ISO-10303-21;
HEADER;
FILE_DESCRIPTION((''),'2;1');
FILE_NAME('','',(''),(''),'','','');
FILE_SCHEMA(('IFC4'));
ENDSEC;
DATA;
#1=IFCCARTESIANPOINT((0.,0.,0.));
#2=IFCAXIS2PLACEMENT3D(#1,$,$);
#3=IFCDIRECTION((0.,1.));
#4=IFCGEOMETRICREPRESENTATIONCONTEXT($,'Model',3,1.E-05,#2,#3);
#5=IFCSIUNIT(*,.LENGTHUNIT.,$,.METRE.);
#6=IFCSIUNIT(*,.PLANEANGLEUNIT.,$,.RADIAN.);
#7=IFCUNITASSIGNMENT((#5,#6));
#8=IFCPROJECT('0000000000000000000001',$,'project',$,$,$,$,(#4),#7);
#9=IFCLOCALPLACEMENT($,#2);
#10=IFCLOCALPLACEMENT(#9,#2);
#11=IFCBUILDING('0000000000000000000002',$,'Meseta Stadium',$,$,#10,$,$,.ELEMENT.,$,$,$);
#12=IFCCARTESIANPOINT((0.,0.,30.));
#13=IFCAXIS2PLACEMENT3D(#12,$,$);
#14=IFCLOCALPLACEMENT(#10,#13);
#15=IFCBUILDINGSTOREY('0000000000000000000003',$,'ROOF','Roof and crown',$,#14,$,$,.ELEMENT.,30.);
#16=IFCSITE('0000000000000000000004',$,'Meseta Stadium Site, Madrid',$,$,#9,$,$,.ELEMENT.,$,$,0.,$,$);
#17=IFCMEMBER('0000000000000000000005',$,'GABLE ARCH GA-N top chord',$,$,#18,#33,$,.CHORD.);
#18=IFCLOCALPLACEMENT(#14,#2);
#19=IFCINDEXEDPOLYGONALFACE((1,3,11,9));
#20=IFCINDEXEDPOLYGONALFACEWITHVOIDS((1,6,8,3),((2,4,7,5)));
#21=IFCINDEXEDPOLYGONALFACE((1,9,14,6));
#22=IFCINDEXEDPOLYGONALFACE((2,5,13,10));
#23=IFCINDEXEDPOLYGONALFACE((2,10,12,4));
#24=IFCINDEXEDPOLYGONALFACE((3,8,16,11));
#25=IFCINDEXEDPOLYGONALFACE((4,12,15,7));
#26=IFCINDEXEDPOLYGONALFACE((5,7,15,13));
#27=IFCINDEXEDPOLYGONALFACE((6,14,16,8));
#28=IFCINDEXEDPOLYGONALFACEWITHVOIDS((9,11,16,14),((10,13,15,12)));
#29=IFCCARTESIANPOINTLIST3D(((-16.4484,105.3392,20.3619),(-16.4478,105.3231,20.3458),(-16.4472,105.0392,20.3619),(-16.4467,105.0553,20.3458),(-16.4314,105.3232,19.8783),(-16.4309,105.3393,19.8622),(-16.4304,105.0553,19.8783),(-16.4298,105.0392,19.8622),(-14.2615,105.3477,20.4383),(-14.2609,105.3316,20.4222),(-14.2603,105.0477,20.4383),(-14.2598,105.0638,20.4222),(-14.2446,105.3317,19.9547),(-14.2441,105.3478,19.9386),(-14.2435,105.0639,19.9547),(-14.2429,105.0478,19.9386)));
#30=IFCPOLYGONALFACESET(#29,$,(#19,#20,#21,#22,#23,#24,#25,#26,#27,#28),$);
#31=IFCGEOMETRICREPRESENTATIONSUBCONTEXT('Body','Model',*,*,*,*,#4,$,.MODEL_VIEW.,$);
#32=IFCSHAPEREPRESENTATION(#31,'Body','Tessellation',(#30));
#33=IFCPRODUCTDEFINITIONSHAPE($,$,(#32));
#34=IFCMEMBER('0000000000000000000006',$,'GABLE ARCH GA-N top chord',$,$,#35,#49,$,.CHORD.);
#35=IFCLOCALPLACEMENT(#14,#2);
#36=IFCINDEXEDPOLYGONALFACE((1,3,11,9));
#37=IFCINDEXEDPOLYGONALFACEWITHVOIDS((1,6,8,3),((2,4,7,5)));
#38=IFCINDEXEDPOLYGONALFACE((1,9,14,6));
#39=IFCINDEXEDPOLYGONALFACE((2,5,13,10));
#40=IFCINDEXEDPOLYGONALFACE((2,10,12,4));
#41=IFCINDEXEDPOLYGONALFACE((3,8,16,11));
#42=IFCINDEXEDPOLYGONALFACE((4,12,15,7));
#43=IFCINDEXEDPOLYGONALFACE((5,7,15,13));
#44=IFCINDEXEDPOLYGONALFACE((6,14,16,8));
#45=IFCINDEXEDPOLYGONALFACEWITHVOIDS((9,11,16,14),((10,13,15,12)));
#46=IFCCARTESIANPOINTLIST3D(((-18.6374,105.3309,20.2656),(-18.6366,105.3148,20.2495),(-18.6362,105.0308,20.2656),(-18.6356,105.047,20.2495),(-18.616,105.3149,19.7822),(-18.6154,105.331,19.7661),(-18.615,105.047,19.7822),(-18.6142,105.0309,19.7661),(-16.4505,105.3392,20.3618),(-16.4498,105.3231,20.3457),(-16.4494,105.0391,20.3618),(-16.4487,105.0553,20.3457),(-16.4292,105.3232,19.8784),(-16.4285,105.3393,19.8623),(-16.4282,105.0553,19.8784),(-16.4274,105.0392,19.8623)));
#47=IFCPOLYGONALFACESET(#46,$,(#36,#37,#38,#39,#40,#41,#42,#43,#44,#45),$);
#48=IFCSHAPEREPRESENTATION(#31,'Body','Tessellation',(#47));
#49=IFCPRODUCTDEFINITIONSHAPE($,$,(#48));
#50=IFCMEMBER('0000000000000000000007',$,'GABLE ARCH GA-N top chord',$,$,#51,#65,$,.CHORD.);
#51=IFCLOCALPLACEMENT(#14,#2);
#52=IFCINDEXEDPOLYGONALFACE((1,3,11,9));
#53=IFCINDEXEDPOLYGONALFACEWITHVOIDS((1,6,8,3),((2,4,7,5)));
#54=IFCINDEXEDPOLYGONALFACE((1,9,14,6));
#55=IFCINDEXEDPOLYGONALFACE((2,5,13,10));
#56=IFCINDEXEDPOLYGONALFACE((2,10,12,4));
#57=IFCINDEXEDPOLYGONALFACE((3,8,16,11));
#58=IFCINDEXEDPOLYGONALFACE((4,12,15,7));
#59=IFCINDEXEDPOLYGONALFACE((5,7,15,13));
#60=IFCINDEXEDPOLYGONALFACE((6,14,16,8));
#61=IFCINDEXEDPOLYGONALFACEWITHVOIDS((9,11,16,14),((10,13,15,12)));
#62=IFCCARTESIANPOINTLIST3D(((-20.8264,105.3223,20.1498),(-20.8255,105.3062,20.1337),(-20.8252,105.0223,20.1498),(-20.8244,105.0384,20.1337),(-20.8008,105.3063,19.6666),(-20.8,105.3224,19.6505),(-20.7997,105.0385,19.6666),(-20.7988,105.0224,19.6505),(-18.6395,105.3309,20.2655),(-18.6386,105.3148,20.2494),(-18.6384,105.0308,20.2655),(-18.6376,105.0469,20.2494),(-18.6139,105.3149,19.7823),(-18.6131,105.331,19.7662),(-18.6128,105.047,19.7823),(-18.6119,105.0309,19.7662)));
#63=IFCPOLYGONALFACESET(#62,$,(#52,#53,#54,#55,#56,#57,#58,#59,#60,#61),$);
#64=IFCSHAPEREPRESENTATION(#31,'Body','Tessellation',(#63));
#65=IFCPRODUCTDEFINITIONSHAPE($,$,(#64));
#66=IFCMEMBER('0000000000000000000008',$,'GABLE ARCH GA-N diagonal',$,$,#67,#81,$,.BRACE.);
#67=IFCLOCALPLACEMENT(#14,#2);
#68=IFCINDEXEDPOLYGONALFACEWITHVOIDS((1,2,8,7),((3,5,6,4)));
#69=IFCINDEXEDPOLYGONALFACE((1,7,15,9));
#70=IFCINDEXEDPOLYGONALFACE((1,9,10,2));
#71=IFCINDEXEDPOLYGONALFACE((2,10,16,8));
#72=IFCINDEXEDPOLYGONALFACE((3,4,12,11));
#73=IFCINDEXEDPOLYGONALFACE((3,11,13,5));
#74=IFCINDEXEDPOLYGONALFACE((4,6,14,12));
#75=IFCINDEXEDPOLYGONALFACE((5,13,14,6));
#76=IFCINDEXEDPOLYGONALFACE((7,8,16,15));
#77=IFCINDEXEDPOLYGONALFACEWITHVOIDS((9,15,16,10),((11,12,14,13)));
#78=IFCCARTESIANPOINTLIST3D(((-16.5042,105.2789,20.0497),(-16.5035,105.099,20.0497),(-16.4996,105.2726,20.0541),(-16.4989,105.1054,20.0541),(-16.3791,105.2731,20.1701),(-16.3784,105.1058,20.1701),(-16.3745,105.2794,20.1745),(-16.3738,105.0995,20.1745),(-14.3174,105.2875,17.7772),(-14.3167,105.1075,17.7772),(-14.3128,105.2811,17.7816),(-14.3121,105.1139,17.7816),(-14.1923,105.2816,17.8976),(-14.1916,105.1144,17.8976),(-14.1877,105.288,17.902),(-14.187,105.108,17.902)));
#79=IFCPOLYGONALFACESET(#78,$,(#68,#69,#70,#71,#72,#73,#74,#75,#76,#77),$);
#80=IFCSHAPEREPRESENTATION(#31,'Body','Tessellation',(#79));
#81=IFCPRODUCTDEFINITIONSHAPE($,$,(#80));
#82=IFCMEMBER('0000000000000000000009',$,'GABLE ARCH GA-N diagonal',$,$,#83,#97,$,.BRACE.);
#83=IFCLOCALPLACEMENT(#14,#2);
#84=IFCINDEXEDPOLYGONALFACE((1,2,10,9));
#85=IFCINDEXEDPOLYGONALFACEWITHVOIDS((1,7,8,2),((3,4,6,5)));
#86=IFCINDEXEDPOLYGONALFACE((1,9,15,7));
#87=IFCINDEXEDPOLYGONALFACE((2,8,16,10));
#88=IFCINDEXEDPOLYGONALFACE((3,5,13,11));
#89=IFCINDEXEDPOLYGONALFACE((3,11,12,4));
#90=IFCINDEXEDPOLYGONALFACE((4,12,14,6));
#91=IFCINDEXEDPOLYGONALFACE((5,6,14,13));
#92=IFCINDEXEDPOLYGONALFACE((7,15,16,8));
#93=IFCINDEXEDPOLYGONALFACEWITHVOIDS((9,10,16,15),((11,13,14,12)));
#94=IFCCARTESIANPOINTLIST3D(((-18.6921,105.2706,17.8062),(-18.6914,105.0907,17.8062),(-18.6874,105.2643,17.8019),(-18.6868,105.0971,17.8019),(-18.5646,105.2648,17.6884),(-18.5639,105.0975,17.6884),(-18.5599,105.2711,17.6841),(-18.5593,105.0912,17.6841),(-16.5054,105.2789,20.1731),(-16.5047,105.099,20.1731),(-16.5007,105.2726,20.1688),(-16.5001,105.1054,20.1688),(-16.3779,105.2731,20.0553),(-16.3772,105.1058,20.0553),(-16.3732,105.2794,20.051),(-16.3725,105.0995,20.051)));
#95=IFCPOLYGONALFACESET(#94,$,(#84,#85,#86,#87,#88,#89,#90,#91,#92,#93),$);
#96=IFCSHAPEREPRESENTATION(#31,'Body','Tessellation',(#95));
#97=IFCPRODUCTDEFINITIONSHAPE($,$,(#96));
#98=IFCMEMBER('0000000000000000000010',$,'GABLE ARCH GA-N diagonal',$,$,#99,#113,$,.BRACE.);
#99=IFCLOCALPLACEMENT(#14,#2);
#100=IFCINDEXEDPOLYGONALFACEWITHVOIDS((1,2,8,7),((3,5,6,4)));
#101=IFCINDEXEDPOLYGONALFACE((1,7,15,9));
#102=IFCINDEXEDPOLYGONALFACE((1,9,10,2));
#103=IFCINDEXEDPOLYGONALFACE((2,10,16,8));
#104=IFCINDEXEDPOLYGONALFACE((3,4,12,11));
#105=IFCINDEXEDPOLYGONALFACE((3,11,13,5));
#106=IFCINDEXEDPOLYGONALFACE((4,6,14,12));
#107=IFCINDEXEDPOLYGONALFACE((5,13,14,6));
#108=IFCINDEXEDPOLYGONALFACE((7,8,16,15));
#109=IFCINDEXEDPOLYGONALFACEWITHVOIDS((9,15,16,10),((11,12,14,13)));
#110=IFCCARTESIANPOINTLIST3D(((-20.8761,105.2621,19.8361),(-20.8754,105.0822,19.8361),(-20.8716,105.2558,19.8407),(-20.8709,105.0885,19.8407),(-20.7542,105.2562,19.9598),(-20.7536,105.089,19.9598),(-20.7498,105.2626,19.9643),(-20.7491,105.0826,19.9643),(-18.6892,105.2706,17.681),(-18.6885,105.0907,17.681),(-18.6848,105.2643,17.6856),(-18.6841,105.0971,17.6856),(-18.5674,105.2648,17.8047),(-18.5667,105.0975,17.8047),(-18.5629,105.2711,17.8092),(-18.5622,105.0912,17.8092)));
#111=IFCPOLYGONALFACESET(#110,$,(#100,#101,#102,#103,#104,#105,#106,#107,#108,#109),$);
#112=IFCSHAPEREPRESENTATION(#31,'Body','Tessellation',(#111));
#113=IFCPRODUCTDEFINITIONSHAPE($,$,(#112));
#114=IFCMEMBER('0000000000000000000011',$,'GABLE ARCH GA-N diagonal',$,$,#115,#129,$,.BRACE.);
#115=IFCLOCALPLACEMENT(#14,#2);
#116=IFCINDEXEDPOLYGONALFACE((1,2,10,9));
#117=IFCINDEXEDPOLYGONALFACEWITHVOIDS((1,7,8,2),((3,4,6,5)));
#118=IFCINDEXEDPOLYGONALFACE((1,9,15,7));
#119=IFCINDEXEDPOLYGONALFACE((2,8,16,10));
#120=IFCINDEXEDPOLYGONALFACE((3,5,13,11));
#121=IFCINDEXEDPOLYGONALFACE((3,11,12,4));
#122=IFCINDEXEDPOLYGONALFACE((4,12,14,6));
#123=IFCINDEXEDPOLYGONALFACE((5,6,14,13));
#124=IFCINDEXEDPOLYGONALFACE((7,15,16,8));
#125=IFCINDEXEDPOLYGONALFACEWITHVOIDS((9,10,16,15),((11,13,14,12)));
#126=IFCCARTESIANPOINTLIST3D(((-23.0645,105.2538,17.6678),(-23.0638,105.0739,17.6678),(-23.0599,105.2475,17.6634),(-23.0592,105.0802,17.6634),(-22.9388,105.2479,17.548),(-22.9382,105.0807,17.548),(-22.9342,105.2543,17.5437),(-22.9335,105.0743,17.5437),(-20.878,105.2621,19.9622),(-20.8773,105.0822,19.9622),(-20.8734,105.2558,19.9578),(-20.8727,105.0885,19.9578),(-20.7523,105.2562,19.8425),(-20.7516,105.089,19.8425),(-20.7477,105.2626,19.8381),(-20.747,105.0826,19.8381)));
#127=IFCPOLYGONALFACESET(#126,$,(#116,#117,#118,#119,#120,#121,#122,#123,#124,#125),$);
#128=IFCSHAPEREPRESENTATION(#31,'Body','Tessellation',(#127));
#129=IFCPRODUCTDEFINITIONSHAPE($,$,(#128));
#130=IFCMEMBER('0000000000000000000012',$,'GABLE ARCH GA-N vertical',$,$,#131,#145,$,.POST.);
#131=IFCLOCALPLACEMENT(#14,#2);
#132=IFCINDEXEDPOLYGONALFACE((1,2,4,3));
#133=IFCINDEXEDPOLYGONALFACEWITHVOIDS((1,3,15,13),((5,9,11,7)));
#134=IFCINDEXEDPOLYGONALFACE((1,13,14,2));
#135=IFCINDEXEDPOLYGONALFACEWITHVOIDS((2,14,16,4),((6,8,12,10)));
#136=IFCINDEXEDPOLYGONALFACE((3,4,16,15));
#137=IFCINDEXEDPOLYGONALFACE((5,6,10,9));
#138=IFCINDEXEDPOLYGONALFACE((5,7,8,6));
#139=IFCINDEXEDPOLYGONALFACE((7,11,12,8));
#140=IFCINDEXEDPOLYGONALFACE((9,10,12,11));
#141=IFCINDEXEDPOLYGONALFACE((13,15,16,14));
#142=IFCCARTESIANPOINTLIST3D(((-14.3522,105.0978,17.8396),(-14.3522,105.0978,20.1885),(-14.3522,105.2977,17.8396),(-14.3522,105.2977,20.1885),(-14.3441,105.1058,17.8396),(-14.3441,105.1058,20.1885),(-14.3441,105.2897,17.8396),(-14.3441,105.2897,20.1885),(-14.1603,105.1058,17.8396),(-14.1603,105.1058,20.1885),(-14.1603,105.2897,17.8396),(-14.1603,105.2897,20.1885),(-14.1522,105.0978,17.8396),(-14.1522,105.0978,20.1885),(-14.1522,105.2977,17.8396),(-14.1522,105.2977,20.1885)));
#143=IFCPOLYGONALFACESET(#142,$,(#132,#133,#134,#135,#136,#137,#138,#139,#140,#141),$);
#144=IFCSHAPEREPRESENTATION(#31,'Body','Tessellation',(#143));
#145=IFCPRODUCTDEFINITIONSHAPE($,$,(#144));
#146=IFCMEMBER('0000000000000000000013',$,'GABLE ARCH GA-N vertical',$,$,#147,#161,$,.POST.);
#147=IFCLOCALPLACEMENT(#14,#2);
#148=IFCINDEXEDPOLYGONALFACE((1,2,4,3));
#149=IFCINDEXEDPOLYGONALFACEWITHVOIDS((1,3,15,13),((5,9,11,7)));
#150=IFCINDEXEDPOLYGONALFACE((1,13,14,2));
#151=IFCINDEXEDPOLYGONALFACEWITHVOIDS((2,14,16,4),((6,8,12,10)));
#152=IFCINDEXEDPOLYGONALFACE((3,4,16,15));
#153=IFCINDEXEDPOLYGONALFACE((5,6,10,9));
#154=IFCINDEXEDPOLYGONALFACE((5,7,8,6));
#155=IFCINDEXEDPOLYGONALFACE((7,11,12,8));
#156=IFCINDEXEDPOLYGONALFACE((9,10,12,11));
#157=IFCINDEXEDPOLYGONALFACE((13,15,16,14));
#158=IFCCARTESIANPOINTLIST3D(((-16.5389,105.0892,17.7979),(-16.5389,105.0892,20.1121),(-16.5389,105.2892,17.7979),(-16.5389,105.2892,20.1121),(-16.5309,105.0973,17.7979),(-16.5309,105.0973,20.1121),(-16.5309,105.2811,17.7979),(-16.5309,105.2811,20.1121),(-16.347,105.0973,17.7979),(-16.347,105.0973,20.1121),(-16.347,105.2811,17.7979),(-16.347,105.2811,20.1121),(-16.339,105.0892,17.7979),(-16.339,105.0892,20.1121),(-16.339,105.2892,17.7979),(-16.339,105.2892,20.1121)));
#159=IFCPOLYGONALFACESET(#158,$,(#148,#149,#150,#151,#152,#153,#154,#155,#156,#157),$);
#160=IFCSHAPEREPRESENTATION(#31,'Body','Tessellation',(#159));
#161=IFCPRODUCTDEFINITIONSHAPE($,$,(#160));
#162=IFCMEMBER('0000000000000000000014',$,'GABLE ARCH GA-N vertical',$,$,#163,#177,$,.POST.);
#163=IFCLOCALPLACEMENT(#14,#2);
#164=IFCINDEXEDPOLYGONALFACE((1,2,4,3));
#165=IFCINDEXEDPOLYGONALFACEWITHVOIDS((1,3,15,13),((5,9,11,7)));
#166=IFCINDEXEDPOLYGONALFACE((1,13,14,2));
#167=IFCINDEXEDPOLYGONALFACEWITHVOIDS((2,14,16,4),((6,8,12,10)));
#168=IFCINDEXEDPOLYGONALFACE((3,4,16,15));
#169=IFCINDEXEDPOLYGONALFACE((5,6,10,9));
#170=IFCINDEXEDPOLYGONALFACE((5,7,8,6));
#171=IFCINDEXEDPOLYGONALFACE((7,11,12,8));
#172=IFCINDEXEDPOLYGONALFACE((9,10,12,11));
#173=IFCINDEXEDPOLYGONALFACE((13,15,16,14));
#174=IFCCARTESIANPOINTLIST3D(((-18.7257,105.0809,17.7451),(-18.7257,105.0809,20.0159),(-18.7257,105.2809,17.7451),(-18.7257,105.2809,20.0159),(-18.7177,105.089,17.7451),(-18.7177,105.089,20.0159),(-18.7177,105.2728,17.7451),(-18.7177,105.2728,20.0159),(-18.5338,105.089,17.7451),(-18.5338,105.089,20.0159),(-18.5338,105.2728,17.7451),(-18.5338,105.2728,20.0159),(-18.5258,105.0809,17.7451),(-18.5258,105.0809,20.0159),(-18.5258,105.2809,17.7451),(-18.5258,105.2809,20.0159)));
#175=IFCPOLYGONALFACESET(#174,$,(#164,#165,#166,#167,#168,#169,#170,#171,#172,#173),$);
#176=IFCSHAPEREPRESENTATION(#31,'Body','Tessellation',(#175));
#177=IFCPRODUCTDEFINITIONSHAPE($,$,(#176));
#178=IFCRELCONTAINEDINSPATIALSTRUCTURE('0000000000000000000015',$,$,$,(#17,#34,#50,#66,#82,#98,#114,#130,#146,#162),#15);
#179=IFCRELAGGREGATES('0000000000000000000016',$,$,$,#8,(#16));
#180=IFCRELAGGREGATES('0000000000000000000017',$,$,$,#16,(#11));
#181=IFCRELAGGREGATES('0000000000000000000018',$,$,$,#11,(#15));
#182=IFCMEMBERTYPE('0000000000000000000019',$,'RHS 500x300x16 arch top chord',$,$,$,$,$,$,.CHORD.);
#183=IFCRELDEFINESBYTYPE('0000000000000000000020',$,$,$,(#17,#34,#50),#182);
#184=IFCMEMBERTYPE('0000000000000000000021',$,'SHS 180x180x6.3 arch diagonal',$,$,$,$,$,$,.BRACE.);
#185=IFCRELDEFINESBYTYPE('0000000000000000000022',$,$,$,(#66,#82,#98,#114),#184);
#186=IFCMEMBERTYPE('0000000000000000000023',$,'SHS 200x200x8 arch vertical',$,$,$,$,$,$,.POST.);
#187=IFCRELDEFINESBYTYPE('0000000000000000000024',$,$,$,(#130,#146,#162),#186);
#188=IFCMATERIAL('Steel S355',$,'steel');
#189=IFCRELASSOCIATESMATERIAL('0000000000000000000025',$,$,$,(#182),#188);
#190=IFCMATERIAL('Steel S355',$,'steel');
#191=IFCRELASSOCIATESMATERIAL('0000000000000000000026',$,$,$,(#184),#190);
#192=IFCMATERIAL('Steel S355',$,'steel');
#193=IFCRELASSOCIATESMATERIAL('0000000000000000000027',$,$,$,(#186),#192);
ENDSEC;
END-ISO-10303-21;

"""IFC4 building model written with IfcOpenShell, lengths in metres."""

from ifc_helpers import new_model, si_unit, direction, frame, origin, origin_2d, place, context, subcontext, project, spatial, hollow_rectangle, extrude, material, material_profile, profile_set, type_object, element, save


model = new_model("IFC4")

# Units and contexts
model_context = context("Model", 3, precision=1e-05, world=origin(), true_north=direction((0.0, 1.0)))
body_context = subcontext(model_context, "Body", "Model", "MODEL_VIEW")
ifc_project = project(units=[si_unit("LENGTHUNIT", "METRE"), si_unit("PLANEANGLEUNIT", "RADIAN")], contexts=[model_context])

# Site, building, storey
site_placement = place(None, origin())
site = spatial("IfcSite", under=ifc_project, at=site_placement, Name="Meseta Stadium Site, Madrid", CompositionType="ELEMENT", RefElevation=0.0)
building_placement = place(site_placement, origin())
building = spatial("IfcBuilding", under=site, at=building_placement, Name="Meseta Stadium", CompositionType="ELEMENT")
storey_placement = place(building_placement, frame((0.0, 0.0, 30.0)))
storey = spatial("IfcBuildingStorey", under=building, at=storey_placement, Name="ROOF", Description="Roof and crown", CompositionType="ELEMENT", Elevation=30.0)

# Members
ifc_material_1 = material(Name="Steel S355", Category="steel")
ifc_material_profile_1 = material_profile(ifc_material_1, hollow_rectangle(XDim=0.3, YDim=0.5, WallThickness=0.0161, at=origin_2d()), Name="RHS 500x300x16")
ifc_profile_set_1 = profile_set([ifc_material_profile_1], Name="Steel S355")
member_type_1 = type_object("IfcMemberType", Name="RHS 500x300x16 arch top chord", PredefinedType="CHORD", material=ifc_profile_set_1)
member_1_placement = place(storey_placement, frame((-14.2522, 105.1978, 20.1885), z_axis=(-0.999382, -0.003905, -0.034923), x_axis=(0.003908, -0.999992, 0.0)))
element("IfcMember", 1, at=member_1_placement, inside=storey, type_object=member_type_1, Name="GABLE ARCH GA-N top chord", PredefinedType="CHORD", context=body_context, shape_type="SweptSolid", body=[
    extrude(hollow_rectangle(XDim=0.3, YDim=0.5, WallThickness=0.0161, at=origin_2d()), origin(), (0.0, 0.0, 1.0), 2.1882),
])
member_2_placement = place(storey_placement, frame((-16.439, 105.1892, 20.1121), z_axis=(-0.999027, -0.003792, -0.043945), x_axis=(0.003796, -0.999993, 0.0)))
element("IfcMember", 2, at=member_2_placement, inside=storey, type_object=member_type_1, Name="GABLE ARCH GA-N top chord", PredefinedType="CHORD", context=body_context, shape_type="SweptSolid", body=[
    extrude(hollow_rectangle(XDim=0.3, YDim=0.5, WallThickness=0.0161, at=origin_2d()), origin(), (0.0, 0.0, 1.0), 2.189),
])
member_3_placement = place(storey_placement, frame((-18.6257, 105.1809, 20.0159), z_axis=(-0.998595, -0.003902, -0.052845), x_axis=(0.003908, -0.999992, 0.0)))
element("IfcMember", 3, at=member_3_placement, inside=storey, type_object=member_type_1, Name="GABLE ARCH GA-N top chord", PredefinedType="CHORD", context=body_context, shape_type="SweptSolid", body=[
    extrude(hollow_rectangle(XDim=0.3, YDim=0.5, WallThickness=0.0161, at=origin_2d()), origin(), (0.0, 0.0, 1.0), 2.1899),
])
ifc_material_2 = material(Name="Steel S355", Category="steel")
ifc_material_profile_2 = material_profile(ifc_material_2, hollow_rectangle(XDim=0.1799, YDim=0.1799, WallThickness=0.0063, at=origin_2d()), Name="SHS 180x180x6.3")
ifc_profile_set_2 = profile_set([ifc_material_profile_2], Name="Steel S355")
member_type_2 = type_object("IfcMemberType", Name="SHS 180x180x6.3 arch diagonal", PredefinedType="BRACE", material=ifc_profile_set_2)
member_4_placement = place(storey_placement, frame((-14.2522, 105.1978, 17.8396), z_axis=(-0.693388, -0.002709, 0.72056), x_axis=(0.003908, -0.999992, 0.0)))
element("IfcMember", 4, at=member_4_placement, inside=storey, type_object=member_type_2, Name="GABLE ARCH GA-N diagonal", PredefinedType="BRACE", context=body_context, shape_type="SweptSolid", body=[
    extrude(hollow_rectangle(XDim=0.1799, YDim=0.1799, WallThickness=0.0063, at=origin_2d()), origin(), (0.0, 0.0, 1.0), 3.1538),
])
member_5_placement = place(storey_placement, frame((-16.439, 105.1892, 20.1121), z_axis=(-0.678596, -0.002576, -0.734508), x_axis=(0.003796, -0.999993, 0.0)))
element("IfcMember", 5, at=member_5_placement, inside=storey, type_object=member_type_2, Name="GABLE ARCH GA-N diagonal", PredefinedType="BRACE", context=body_context, shape_type="SweptSolid", body=[
    extrude(hollow_rectangle(XDim=0.1799, YDim=0.1799, WallThickness=0.0063, at=origin_2d()), origin(), (0.0, 0.0, 1.0), 3.2224),
])
member_6_placement = place(storey_placement, frame((-18.6257, 105.1809, 17.7451), z_axis=(-0.712254, -0.002783, 0.701916), x_axis=(0.003908, -0.999992, 0.0)))
element("IfcMember", 6, at=member_6_placement, inside=storey, type_object=member_type_2, Name="GABLE ARCH GA-N diagonal", PredefinedType="BRACE", context=body_context, shape_type="SweptSolid", body=[
    extrude(hollow_rectangle(XDim=0.1799, YDim=0.1799, WallThickness=0.0063, at=origin_2d()), origin(), (0.0, 0.0, 1.0), 3.0703),
])
member_7_placement = place(storey_placement, frame((-20.8125, 105.1724, 19.9001), z_axis=(-0.689876, -0.002619, -0.723923), x_axis=(0.003796, -0.999993, 0.0)))
element("IfcMember", 7, at=member_7_placement, inside=storey, type_object=member_type_2, Name="GABLE ARCH GA-N diagonal", PredefinedType="BRACE", context=body_context, shape_type="SweptSolid", body=[
    extrude(hollow_rectangle(XDim=0.1799, YDim=0.1799, WallThickness=0.0063, at=origin_2d()), origin(), (0.0, 0.0, 1.0), 3.1694),
])
ifc_material_3 = material(Name="Steel S355", Category="steel")
ifc_material_profile_3 = material_profile(ifc_material_3, hollow_rectangle(XDim=0.2, YDim=0.2, WallThickness=0.0081, at=origin_2d()), Name="SHS 200x200x8")
ifc_profile_set_3 = profile_set([ifc_material_profile_3], Name="Steel S355")
member_type_3 = type_object("IfcMemberType", Name="SHS 200x200x8 arch vertical", PredefinedType="POST", material=ifc_profile_set_3)
member_8_placement = place(storey_placement, frame((-14.2522, 105.1978, 17.8396), z_axis=(0.0, 0.0, 1.0), x_axis=(1.0, 0.0, 0.0)))
element("IfcMember", 8, at=member_8_placement, inside=storey, type_object=member_type_3, Name="GABLE ARCH GA-N vertical", PredefinedType="POST", context=body_context, shape_type="SweptSolid", body=[
    extrude(hollow_rectangle(XDim=0.2, YDim=0.2, WallThickness=0.0081, at=origin_2d()), origin(), (0.0, 0.0, 1.0), 2.3489),
])
member_9_placement = place(storey_placement, frame((-16.439, 105.1892, 17.7979), z_axis=(0.0, 0.0, 1.0), x_axis=(1.0, 0.0, 0.0)))
element("IfcMember", 9, at=member_9_placement, inside=storey, type_object=member_type_3, Name="GABLE ARCH GA-N vertical", PredefinedType="POST", context=body_context, shape_type="SweptSolid", body=[
    extrude(hollow_rectangle(XDim=0.2, YDim=0.2, WallThickness=0.0081, at=origin_2d()), origin(), (0.0, 0.0, 1.0), 2.3142),
])
member_10_placement = place(storey_placement, frame((-18.6257, 105.1809, 17.7451), z_axis=(0.0, 0.0, 1.0), x_axis=(1.0, 0.0, 0.0)))
element("IfcMember", 10, at=member_10_placement, inside=storey, type_object=member_type_3, Name="GABLE ARCH GA-N vertical", PredefinedType="POST", context=body_context, shape_type="SweptSolid", body=[
    extrude(hollow_rectangle(XDim=0.2, YDim=0.2, WallThickness=0.0081, at=origin_2d()), origin(), (0.0, 0.0, 1.0), 2.2708),
])

save(model, "model.ifc")
